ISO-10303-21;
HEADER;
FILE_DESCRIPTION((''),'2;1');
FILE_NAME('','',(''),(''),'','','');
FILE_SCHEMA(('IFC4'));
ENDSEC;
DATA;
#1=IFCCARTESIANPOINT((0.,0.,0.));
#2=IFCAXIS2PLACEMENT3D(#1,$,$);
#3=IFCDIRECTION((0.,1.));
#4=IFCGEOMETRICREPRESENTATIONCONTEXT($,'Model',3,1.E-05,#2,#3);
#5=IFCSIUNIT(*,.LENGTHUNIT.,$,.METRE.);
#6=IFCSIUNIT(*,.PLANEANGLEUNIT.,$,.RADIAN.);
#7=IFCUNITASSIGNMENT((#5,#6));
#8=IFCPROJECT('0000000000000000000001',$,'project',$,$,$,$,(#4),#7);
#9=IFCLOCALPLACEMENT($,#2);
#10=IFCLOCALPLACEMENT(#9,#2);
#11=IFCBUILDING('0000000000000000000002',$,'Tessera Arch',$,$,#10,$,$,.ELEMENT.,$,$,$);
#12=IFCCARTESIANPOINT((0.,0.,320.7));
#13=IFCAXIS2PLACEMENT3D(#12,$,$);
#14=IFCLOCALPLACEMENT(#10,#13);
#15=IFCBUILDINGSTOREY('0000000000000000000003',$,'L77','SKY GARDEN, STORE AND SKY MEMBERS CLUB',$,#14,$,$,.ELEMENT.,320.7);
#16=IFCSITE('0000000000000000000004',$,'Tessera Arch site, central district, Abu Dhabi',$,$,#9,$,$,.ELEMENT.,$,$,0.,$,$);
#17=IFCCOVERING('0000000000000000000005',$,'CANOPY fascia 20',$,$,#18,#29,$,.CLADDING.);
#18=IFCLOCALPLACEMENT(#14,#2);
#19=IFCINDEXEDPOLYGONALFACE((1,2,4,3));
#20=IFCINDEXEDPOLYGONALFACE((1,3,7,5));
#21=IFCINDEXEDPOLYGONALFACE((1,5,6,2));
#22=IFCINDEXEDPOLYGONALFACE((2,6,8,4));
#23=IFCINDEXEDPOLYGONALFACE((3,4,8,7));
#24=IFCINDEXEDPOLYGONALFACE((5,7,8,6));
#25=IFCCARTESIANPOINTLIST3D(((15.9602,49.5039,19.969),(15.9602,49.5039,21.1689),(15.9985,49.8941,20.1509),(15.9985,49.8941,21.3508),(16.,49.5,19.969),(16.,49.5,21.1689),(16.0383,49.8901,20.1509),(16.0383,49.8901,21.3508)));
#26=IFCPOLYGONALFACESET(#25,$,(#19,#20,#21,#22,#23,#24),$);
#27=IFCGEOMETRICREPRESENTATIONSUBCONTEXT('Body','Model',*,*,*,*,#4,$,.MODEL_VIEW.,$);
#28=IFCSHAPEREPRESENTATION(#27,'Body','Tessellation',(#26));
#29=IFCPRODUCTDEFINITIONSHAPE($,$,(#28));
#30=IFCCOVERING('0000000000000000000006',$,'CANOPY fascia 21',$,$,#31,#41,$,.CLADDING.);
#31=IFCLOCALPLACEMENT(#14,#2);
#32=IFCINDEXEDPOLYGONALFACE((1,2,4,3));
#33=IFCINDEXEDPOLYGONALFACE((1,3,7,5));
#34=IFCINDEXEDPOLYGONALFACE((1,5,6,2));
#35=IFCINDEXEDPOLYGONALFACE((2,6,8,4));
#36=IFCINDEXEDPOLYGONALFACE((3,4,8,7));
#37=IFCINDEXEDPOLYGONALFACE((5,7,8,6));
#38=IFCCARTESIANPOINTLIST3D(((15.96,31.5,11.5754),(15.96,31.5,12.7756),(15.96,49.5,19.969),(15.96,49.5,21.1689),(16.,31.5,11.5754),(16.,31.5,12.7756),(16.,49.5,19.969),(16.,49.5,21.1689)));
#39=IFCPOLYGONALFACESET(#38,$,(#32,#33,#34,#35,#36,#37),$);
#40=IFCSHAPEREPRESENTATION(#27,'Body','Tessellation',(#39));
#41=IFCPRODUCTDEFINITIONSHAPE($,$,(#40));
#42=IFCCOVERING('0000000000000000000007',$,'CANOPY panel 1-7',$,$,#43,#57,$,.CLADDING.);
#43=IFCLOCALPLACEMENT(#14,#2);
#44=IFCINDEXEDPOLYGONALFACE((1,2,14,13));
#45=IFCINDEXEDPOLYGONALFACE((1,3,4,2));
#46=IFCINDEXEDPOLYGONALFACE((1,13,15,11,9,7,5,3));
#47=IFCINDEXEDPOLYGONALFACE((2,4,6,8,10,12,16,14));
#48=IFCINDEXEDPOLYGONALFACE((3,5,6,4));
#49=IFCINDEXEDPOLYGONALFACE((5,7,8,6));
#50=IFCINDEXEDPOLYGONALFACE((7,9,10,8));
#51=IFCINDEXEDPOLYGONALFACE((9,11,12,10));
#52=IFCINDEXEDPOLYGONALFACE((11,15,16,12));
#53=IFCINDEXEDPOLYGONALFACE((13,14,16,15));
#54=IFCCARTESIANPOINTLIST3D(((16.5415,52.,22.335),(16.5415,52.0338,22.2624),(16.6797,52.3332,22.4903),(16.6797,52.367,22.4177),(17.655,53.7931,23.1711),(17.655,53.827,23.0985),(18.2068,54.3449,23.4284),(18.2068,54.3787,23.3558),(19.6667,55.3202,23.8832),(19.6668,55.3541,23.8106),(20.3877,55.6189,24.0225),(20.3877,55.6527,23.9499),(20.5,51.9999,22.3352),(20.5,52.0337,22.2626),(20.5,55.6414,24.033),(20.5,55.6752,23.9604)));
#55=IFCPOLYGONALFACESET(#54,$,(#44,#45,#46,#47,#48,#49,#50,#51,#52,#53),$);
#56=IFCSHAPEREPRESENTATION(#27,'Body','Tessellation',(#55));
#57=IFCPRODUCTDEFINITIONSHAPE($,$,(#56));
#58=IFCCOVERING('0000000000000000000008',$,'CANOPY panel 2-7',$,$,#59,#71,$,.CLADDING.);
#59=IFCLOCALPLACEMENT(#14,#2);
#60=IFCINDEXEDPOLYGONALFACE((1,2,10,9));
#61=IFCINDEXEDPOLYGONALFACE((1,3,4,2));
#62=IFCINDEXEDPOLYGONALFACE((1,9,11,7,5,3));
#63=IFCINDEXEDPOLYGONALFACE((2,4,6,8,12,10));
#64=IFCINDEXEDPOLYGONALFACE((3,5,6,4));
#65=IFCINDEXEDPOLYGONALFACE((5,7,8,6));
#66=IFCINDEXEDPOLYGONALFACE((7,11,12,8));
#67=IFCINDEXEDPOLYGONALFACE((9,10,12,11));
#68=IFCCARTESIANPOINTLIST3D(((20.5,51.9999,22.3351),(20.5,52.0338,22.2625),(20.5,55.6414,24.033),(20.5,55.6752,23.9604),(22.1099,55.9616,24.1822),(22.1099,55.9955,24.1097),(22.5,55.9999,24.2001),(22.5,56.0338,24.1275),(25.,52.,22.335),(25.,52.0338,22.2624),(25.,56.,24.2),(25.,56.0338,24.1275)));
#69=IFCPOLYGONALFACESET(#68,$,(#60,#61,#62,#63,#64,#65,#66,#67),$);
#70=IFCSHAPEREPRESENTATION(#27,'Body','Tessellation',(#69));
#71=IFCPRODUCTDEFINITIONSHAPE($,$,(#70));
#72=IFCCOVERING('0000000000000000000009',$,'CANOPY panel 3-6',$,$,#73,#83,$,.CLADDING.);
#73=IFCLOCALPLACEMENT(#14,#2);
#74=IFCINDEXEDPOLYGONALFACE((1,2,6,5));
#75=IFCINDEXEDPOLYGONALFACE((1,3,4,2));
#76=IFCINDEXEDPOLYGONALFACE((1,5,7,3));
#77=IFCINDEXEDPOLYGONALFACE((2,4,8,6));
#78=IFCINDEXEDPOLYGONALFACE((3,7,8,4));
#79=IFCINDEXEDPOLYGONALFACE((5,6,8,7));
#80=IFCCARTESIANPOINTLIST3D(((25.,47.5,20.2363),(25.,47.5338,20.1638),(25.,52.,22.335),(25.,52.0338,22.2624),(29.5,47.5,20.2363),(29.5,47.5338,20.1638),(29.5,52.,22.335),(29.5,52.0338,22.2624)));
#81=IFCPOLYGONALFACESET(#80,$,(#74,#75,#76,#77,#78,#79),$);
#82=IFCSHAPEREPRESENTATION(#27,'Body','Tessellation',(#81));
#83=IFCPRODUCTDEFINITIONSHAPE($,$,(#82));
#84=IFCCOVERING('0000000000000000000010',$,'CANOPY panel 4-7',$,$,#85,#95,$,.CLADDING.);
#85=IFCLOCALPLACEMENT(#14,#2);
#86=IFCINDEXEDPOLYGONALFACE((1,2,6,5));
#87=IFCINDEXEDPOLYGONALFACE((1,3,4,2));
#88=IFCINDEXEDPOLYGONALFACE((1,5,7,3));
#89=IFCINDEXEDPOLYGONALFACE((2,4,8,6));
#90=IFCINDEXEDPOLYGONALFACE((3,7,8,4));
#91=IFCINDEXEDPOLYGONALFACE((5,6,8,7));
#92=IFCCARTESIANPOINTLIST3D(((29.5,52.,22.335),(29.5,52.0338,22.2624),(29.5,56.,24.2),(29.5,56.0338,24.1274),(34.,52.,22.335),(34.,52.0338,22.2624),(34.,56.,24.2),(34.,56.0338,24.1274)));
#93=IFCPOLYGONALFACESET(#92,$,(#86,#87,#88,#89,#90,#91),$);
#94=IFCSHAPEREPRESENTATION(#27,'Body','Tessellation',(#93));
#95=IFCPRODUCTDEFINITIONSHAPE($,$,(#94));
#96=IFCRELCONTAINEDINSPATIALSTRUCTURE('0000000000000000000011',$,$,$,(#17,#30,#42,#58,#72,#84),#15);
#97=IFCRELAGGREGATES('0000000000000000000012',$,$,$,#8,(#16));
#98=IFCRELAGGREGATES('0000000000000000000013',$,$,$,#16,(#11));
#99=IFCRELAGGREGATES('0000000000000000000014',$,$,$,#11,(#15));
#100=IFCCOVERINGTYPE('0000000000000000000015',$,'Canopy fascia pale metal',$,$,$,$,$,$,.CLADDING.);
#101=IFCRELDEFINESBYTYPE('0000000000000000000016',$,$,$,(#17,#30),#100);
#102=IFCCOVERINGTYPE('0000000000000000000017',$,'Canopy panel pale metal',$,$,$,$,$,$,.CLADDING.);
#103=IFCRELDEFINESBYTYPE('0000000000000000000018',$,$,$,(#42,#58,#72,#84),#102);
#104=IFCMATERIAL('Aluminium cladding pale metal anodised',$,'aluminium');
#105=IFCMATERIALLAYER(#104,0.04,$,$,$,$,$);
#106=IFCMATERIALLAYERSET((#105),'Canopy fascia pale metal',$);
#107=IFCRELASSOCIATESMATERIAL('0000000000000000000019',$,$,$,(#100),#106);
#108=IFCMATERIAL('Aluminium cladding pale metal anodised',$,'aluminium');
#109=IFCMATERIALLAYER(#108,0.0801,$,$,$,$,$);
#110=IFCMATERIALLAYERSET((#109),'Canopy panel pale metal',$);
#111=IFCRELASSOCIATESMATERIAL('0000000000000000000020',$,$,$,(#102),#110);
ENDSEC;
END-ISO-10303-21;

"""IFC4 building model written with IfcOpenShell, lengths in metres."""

from ifc_helpers import new_model, si_unit, direction, frame, origin, place, context, subcontext, project, spatial, polyline, outline, extrude, material, layer, layer_set, type_object, element, save


model = new_model("IFC4")

# Units and contexts
model_context = context("Model", 3, precision=1e-05, world=origin(), true_north=direction((0.0, 1.0)))
body_context = subcontext(model_context, "Body", "Model", "MODEL_VIEW")
ifc_project = project(units=[si_unit("LENGTHUNIT", "METRE"), si_unit("PLANEANGLEUNIT", "RADIAN")], contexts=[model_context])

# Site, building, storey
site_placement = place(None, origin())
site = spatial("IfcSite", under=ifc_project, at=site_placement, Name="Tessera Arch site, central district, Abu Dhabi", CompositionType="ELEMENT", RefElevation=0.0)
building_placement = place(site_placement, origin())
building = spatial("IfcBuilding", under=site, at=building_placement, Name="Tessera Arch", CompositionType="ELEMENT")
storey_placement = place(building_placement, frame((0.0, 0.0, 320.7)))
storey = spatial("IfcBuildingStorey", under=building, at=storey_placement, Name="L77", Description="SKY GARDEN, STORE AND SKY MEMBERS CLUB", CompositionType="ELEMENT", Elevation=320.7)

# Coverings
ifc_material_1 = material(Name="Aluminium cladding pale metal anodised", Category="aluminium")
ifc_layer_1 = layer(ifc_material_1, 0.04)
ifc_layer_set_1 = layer_set([ifc_layer_1], Name="Canopy fascia pale metal")
covering_type_1 = type_object("IfcCoveringType", Name="Canopy fascia pale metal", PredefinedType="CLADDING", material=ifc_layer_set_1)
covering_1_placement = place(storey_placement, frame((16.0383, 49.8901, 21.3508), z_axis=(0.995208, -0.097777, 0.0), x_axis=(-0.088695, -0.90277, -0.420879)))
element("IfcCovering", 1, at=covering_1_placement, inside=storey, type_object=covering_type_1, Name="CANOPY fascia 20", PredefinedType="CLADDING", context=body_context, shape_type="SweptSolid", body=[
    extrude(outline(polyline([(0.0, 0.0), (0.4322, 0.0), (0.9372, 1.0885), (0.505, 1.0885), (0.0, 0.0)])), origin(), (0.0, 0.0, -1.0), 0.04),
])
covering_2_placement = place(storey_placement, frame((16.0, 49.5, 21.1689), z_axis=(1.0, 0.0, 0.0), x_axis=(0.0, -0.906312, -0.422609)))
element("IfcCovering", 2, at=covering_2_placement, inside=storey, type_object=covering_type_1, Name="CANOPY fascia 21", PredefinedType="CLADDING", context=body_context, shape_type="SweptSolid", body=[
    extrude(outline(polyline([(0.0, 0.0), (19.8607, 0.0), (20.3679, 1.0878), (0.5071, 1.0875), (0.0, 0.0)])), origin(), (0.0, 0.0, -1.0), 0.04),
])
ifc_material_2 = material(Name="Aluminium cladding pale metal anodised", Category="aluminium")
ifc_layer_2 = layer(ifc_material_2, 0.0801)
ifc_layer_set_2 = layer_set([ifc_layer_2], Name="Canopy panel pale metal")
covering_type_2 = type_object("IfcCoveringType", Name="Canopy panel pale metal", PredefinedType="CLADDING", material=ifc_layer_set_2)
covering_3_placement = place(storey_placement, frame((16.5415, 52.0, 22.335), z_axis=(-0.000065, -0.422562, 0.906334), x_axis=(1.0, -0.000027, 0.000059)))
element("IfcCovering", 3, at=covering_3_placement, inside=storey, type_object=covering_type_2, Name="CANOPY panel 1-7", PredefinedType="CLADDING", context=body_context, shape_type="SweptSolid", body=[
    extrude(outline(polyline([(0.0, 0.0), (3.9585, 0.0), (3.9585, 4.0178), (3.8462, 3.993), (3.1252, 3.6635), (1.6653, 2.5873), (1.1135, 1.9785), (0.1382, 0.3677), (0.0, 0.0)])), origin(), (0.0, 0.0, -1.0), 0.0801),
])
covering_4_placement = place(storey_placement, frame((20.5, 55.6414, 24.033), z_axis=(0.000023, -0.422583, 0.906324), x_axis=(0.0, -0.906324, -0.422583)))
element("IfcCovering", 4, at=covering_4_placement, inside=storey, type_object=covering_type_2, Name="CANOPY panel 2-7", PredefinedType="CLADDING", context=body_context, shape_type="SweptSolid", body=[
    extrude(outline(polyline([(0.0, 0.0), (4.0178, 0.0), (4.0178, 4.5), (-0.3956, 4.5), (-0.3956, 2.0), (-0.3533, 1.6099), (0.0, 0.0)])), origin(), (0.0, 0.0, -1.0), 0.0801),
])
covering_5_placement = place(storey_placement, frame((29.5, 47.5, 20.2363), z_axis=(0.0, -0.422659, 0.906289), x_axis=(0.0, 0.906289, 0.422659)))
element("IfcCovering", 5, at=covering_5_placement, inside=storey, type_object=covering_type_2, Name="CANOPY panel 3-6", PredefinedType="CLADDING", context=body_context, shape_type="SweptSolid", body=[
    extrude(outline(polyline([(0.0, 0.0), (4.9653, 0.0), (4.9653, 4.5), (0.0, 4.5), (0.0, 0.0)])), origin(), (0.0, 0.0, -1.0), 0.0801),
])
covering_6_placement = place(storey_placement, frame((29.5, 56.0, 24.2), z_axis=(0.0, -0.422574, 0.906329), x_axis=(0.0, -0.906329, -0.422574)))
element("IfcCovering", 6, at=covering_6_placement, inside=storey, type_object=covering_type_2, Name="CANOPY panel 4-7", PredefinedType="CLADDING", context=body_context, shape_type="SweptSolid", body=[
    extrude(outline(polyline([(0.0, 0.0), (4.4134, 0.0), (4.4134, 4.5), (0.0, 4.5), (0.0, 0.0)])), origin(), (0.0, 0.0, -1.0), 0.0801),
])

save(model, "model.ifc")
